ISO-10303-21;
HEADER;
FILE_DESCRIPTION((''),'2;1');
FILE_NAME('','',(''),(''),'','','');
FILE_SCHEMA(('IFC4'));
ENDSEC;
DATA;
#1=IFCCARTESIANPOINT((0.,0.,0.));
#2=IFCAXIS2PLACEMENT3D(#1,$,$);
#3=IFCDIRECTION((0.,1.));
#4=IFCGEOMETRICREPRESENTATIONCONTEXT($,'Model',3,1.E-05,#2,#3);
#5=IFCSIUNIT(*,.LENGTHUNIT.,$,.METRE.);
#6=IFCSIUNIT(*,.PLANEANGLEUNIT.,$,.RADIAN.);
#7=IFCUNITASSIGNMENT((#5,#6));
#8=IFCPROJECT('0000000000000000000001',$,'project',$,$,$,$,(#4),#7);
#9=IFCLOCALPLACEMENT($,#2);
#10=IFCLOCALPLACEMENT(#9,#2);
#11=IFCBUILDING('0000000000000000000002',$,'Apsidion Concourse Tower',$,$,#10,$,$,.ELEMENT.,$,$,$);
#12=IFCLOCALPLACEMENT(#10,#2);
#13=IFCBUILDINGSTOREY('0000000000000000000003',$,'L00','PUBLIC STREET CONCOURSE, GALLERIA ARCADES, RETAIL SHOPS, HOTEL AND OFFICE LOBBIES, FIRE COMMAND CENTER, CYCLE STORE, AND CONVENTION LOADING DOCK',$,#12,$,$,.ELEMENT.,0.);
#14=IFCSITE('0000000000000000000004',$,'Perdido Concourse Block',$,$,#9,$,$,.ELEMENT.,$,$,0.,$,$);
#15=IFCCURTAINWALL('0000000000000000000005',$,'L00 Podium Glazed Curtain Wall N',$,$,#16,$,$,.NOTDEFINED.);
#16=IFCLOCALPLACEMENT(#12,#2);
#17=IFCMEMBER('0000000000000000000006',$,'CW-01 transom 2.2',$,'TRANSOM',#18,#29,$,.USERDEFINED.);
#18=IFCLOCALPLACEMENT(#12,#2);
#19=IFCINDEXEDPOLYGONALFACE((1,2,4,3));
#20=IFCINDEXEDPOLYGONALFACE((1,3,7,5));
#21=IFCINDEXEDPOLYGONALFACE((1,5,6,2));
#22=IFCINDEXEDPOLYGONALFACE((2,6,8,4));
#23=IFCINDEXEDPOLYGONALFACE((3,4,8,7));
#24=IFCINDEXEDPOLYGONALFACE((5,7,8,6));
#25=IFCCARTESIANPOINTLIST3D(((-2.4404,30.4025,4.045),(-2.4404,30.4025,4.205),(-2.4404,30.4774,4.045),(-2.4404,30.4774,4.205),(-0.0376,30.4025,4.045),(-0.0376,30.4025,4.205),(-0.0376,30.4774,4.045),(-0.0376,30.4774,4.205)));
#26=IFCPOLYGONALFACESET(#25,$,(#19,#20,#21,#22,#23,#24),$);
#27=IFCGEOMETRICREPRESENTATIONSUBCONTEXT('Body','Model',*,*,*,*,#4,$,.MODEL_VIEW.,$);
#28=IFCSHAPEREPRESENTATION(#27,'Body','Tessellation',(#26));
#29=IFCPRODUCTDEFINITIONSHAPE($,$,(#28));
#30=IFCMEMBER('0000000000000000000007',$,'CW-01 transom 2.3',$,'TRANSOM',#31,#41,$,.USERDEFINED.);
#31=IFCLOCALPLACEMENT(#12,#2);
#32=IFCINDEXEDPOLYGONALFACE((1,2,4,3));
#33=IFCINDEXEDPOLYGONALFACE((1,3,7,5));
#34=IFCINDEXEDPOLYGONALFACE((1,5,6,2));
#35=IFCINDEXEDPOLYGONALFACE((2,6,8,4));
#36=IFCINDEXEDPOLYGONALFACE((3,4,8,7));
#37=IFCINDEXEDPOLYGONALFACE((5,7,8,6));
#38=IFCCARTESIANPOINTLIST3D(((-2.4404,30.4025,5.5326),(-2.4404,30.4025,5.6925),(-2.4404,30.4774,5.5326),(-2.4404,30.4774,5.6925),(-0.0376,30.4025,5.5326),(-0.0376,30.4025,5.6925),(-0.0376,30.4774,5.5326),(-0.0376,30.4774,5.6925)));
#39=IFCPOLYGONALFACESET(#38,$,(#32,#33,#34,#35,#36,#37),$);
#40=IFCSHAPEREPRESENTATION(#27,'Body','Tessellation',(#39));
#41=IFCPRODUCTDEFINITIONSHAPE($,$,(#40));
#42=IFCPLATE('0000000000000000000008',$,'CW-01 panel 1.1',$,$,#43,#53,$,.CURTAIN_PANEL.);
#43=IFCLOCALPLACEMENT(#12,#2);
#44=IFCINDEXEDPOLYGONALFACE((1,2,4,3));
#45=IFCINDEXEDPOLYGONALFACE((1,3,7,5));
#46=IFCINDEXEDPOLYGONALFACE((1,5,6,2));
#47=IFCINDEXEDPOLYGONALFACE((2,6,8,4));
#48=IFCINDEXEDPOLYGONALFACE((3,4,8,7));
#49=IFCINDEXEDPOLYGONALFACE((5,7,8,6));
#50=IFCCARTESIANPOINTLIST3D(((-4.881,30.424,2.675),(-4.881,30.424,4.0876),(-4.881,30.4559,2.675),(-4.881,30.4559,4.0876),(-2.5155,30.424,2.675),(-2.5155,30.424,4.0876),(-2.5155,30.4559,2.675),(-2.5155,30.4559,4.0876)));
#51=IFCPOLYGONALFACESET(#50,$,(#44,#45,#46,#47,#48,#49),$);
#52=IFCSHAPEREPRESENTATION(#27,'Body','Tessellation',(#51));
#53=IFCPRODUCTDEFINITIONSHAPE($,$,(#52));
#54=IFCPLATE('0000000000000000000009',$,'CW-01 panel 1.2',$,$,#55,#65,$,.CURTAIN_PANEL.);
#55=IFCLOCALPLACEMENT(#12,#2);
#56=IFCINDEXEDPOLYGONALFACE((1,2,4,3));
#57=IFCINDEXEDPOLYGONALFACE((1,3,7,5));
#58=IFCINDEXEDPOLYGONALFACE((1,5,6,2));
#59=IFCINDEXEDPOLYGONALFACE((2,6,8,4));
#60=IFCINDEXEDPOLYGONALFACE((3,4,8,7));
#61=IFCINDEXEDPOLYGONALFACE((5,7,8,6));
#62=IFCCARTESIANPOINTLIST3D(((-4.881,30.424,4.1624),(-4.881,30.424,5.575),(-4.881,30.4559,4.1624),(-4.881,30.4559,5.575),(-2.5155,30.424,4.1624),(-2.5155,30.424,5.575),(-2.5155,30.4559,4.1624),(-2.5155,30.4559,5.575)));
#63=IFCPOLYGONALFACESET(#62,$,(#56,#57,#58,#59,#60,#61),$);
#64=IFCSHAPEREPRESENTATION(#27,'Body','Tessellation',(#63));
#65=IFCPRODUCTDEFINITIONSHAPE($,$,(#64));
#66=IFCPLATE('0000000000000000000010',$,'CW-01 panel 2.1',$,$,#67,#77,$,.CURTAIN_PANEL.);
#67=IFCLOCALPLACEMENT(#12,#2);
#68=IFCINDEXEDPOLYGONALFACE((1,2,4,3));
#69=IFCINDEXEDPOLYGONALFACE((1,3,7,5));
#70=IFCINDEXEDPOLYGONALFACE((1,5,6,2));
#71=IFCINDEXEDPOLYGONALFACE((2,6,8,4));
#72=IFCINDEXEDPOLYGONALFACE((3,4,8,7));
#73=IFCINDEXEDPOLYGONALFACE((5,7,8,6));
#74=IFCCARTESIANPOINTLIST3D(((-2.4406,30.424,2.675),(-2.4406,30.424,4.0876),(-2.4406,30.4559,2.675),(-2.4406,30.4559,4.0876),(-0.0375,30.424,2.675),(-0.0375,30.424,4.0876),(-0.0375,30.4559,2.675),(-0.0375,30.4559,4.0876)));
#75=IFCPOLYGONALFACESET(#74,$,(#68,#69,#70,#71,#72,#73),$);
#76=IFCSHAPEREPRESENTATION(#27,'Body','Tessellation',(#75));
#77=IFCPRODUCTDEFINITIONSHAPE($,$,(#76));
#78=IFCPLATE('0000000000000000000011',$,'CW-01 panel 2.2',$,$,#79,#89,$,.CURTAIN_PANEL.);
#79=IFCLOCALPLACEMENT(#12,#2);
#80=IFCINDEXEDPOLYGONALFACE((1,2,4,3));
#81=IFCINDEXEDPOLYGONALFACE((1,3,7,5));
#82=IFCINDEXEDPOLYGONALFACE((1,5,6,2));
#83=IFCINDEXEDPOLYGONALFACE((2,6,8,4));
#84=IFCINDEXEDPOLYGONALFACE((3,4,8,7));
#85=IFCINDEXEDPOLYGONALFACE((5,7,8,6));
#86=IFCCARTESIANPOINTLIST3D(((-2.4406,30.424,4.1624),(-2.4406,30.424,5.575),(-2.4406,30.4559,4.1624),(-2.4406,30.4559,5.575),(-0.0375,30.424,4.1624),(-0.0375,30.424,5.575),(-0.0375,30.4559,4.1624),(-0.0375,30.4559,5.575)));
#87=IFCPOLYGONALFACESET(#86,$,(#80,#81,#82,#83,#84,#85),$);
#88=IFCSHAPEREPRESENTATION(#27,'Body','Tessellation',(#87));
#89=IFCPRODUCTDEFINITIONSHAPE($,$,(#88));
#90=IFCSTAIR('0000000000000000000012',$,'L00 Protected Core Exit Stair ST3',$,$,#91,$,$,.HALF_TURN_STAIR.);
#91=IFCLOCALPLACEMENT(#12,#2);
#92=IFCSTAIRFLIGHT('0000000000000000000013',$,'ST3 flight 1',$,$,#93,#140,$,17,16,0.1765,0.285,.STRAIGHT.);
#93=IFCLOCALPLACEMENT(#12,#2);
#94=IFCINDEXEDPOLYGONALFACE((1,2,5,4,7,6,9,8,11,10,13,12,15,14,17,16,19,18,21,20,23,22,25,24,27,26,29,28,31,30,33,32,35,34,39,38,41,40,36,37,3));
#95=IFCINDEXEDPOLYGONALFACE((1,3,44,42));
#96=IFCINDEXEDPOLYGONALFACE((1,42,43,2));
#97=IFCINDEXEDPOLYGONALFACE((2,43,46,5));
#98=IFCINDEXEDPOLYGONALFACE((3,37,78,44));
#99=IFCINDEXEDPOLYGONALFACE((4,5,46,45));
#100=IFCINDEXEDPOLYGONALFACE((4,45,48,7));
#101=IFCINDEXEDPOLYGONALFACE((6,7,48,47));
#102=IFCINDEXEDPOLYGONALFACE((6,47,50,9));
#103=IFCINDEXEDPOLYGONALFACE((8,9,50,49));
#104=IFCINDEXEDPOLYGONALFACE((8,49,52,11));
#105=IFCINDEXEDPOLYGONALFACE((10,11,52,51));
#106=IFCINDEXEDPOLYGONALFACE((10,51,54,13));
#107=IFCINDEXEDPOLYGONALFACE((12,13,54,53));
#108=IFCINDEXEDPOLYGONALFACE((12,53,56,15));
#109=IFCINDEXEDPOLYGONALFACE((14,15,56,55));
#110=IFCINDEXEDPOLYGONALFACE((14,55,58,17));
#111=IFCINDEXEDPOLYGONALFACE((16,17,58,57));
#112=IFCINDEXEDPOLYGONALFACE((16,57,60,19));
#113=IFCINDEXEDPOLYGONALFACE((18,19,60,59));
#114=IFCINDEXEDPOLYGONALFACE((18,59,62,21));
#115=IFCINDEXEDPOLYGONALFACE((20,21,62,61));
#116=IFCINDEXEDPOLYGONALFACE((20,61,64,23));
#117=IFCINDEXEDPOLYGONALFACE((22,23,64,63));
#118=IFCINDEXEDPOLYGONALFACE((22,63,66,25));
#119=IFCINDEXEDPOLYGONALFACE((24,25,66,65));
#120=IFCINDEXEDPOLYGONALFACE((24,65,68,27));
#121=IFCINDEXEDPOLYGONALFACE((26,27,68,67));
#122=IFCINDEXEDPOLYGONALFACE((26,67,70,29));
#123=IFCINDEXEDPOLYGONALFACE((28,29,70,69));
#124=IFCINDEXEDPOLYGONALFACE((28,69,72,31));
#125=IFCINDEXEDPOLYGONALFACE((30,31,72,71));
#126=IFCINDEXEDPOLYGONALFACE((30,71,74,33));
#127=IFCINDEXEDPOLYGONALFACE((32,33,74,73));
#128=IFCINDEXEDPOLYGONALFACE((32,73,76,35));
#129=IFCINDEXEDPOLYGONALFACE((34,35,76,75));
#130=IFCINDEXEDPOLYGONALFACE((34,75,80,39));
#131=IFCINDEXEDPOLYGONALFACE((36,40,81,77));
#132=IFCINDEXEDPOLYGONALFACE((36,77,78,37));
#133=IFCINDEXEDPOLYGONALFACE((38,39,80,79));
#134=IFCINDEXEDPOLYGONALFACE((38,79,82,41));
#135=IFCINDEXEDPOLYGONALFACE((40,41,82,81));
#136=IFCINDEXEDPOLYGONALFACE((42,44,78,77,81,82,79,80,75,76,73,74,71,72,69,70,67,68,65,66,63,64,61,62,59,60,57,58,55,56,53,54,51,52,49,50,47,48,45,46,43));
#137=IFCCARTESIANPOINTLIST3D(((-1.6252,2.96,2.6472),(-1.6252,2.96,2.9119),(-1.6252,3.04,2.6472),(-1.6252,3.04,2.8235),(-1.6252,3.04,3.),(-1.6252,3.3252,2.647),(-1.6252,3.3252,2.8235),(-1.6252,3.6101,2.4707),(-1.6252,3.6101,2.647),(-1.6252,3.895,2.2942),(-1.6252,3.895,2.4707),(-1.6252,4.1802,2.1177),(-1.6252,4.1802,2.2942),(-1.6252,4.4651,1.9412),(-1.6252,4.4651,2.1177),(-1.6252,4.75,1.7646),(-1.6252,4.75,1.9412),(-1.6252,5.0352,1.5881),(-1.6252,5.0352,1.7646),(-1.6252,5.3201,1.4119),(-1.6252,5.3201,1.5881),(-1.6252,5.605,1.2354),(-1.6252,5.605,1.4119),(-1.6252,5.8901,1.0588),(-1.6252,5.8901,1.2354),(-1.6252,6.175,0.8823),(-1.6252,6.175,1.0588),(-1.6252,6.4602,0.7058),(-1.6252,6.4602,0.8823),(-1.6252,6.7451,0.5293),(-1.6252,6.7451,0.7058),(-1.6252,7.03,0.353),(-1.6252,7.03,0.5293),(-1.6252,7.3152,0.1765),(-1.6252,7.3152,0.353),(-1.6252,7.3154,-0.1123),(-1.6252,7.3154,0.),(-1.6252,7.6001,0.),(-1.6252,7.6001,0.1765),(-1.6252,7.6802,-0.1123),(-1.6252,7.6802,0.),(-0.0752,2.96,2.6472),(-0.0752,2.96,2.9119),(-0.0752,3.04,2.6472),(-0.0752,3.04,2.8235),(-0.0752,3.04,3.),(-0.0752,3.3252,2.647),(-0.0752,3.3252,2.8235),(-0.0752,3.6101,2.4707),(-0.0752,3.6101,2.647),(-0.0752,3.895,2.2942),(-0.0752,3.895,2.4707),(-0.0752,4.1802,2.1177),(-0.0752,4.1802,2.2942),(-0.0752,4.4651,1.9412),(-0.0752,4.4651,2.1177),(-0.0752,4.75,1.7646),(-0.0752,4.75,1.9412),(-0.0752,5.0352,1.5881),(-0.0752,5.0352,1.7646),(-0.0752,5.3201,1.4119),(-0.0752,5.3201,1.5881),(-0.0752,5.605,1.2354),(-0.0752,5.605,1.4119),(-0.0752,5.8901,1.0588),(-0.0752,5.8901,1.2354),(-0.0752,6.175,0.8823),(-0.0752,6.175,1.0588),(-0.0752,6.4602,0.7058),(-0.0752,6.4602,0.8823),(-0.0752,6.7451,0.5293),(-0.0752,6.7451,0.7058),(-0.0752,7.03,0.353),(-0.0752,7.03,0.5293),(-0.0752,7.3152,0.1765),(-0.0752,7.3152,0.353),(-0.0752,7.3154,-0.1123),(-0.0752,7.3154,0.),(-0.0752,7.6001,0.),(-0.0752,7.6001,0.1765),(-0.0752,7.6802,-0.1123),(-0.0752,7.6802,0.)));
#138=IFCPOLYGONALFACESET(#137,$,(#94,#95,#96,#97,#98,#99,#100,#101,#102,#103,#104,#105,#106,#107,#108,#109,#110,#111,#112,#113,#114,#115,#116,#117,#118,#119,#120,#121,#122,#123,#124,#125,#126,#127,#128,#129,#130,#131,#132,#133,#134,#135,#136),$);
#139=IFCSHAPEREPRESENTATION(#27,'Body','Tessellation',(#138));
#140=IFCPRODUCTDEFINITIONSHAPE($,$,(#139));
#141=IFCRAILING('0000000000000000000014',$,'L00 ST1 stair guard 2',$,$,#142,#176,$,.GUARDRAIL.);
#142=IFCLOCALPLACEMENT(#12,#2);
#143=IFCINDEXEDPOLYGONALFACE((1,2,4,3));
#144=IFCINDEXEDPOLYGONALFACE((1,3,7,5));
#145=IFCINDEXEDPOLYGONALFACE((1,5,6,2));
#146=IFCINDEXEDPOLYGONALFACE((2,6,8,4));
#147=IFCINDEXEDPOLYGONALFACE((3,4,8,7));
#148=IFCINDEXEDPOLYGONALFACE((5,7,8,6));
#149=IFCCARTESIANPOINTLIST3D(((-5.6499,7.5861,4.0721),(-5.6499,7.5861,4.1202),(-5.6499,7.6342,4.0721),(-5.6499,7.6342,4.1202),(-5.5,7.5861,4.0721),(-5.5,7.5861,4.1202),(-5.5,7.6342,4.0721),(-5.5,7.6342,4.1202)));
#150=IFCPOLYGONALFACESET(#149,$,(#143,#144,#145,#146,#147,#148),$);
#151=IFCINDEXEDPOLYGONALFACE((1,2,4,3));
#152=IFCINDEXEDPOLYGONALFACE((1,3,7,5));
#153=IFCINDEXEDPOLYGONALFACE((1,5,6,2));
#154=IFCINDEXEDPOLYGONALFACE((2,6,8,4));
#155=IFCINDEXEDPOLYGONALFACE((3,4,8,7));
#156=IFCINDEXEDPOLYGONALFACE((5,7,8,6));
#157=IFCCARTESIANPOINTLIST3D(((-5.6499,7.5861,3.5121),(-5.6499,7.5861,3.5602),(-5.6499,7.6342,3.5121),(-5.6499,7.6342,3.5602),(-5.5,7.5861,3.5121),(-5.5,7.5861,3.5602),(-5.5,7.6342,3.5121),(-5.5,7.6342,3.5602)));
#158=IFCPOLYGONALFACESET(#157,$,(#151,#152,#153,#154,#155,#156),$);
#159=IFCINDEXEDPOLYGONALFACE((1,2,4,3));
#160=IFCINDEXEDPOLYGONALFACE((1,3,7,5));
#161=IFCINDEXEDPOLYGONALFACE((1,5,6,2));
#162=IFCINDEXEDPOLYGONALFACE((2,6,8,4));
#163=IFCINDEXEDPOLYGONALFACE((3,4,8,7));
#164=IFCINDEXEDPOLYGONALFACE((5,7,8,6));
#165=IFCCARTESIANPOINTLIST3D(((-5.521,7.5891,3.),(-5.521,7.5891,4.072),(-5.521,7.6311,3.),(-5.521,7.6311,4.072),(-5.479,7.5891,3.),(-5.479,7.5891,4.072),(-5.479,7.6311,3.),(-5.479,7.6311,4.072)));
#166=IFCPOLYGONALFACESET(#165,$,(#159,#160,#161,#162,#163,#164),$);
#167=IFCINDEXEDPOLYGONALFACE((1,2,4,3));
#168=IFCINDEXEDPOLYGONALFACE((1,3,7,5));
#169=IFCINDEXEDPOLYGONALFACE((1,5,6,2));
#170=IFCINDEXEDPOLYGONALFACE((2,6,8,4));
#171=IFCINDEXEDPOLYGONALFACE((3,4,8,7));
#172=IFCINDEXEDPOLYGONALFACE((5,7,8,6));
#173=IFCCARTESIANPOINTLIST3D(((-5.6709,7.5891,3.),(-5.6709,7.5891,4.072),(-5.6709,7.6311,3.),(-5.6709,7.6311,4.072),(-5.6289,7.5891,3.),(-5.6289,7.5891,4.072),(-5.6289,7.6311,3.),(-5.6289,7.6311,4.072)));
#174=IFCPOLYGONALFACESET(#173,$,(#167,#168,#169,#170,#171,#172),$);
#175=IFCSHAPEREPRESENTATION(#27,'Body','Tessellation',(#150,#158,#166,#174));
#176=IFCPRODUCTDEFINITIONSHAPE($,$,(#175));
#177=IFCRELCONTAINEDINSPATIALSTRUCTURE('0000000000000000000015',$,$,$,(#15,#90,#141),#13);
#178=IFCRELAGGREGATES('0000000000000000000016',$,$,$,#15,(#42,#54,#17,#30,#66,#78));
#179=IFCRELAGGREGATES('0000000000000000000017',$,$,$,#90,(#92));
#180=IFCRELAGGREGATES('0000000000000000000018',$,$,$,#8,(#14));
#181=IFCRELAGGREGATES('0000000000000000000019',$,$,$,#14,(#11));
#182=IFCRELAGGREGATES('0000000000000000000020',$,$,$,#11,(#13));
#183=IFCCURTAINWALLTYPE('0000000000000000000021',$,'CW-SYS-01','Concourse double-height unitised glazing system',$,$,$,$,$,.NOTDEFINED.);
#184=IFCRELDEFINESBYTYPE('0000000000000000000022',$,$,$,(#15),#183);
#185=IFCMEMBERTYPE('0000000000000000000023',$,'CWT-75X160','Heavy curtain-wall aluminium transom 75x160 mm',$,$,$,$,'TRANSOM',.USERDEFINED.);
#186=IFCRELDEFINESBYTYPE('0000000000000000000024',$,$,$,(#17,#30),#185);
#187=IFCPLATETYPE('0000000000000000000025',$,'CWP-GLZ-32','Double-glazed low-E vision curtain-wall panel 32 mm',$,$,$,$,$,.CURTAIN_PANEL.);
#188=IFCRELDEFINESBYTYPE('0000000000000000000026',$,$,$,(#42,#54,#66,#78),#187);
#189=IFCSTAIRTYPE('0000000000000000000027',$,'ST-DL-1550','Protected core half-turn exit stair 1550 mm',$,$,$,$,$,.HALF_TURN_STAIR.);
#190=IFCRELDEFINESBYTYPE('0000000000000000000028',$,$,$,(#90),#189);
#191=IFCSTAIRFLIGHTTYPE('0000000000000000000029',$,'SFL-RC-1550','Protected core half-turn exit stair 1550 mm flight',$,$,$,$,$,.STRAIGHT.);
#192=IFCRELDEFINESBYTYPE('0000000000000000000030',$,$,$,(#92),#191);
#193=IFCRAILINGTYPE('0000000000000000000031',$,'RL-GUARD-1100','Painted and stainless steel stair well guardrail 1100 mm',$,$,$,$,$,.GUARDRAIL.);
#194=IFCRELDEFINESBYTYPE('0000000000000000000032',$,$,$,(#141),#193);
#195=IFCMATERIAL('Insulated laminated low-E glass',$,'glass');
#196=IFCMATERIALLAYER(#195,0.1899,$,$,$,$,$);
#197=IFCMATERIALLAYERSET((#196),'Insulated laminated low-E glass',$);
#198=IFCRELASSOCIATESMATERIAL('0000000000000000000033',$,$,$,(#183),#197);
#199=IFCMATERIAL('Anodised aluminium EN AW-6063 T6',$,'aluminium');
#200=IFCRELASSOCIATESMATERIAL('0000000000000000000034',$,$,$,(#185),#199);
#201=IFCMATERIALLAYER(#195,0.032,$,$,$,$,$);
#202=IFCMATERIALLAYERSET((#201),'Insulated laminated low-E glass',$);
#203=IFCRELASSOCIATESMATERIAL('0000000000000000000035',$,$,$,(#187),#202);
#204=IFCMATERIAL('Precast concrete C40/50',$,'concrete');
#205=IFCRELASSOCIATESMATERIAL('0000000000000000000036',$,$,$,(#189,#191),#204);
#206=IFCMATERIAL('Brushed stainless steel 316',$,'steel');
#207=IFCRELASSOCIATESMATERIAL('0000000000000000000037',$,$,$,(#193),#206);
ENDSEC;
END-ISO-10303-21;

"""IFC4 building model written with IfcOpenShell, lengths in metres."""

from ifc_helpers import new_model, si_unit, direction, frame, origin, origin_2d, place, context, subcontext, project, spatial, polyline, rectangle, outline, extrude, material, layer, layer_set, material_profile, profile_set, type_object, element, aggregate, save


model = new_model("IFC4")

# Units and contexts
model_context = context("Model", 3, precision=1e-05, world=origin(), true_north=direction((0.0, 1.0)))
body_context = subcontext(model_context, "Body", "Model", "MODEL_VIEW")
ifc_project = project(units=[si_unit("LENGTHUNIT", "METRE"), si_unit("PLANEANGLEUNIT", "RADIAN")], contexts=[model_context])

# Site, building, storey
site_placement = place(None, origin())
site = spatial("IfcSite", under=ifc_project, at=site_placement, Name="Perdido Concourse Block", CompositionType="ELEMENT", RefElevation=0.0)
building_placement = place(site_placement, origin())
building = spatial("IfcBuilding", under=site, at=building_placement, Name="Apsidion Concourse Tower", CompositionType="ELEMENT")
storey_placement = place(building_placement, origin())
storey = spatial("IfcBuildingStorey", under=building, at=storey_placement, Name="L00", Description="PUBLIC STREET CONCOURSE, GALLERIA ARCADES, RETAIL SHOPS, HOTEL AND OFFICE LOBBIES, FIRE COMMAND CENTER, CYCLE STORE, AND CONVENTION LOADING DOCK", CompositionType="ELEMENT", Elevation=0.0)

# Curtain wall, members, plates
ifc_material_1 = material(Name="Insulated laminated low-E glass", Category="glass")
ifc_layer_1 = layer(ifc_material_1, 0.1899)
ifc_layer_set_1 = layer_set([ifc_layer_1], Name="Insulated laminated low-E glass")
curtain_wall_type = type_object("IfcCurtainWallType", Name="CW-SYS-01", Description="Concourse double-height unitised glazing system", PredefinedType="NOTDEFINED", material=ifc_layer_set_1)
curtain_wall_placement = place(storey_placement, origin())
curtain_wall = element("IfcCurtainWall", 1, at=curtain_wall_placement, inside=storey, type_object=curtain_wall_type, Name="L00 Podium Glazed Curtain Wall N", PredefinedType="NOTDEFINED")
ifc_material_2 = material(Name="Anodised aluminium EN AW-6063 T6", Category="aluminium")
ifc_material_profile_1 = material_profile(ifc_material_2, rectangle(XDim=0.075, YDim=0.1599, at=origin_2d()), Name="ALU TRANSOM 75x160")
ifc_profile_set_1 = profile_set([ifc_material_profile_1], Name="Anodised aluminium EN AW-6063 T6")
member_type_1 = type_object("IfcMemberType", Name="CWT-75X160", Description="Heavy curtain-wall aluminium transom 75x160 mm", ElementType="TRANSOM", PredefinedType="USERDEFINED", material=ifc_profile_set_1)
member_1_placement = place(storey_placement, frame((-2.4404, 30.4399, 4.125), z_axis=(1.0, 0.0, 0.0), x_axis=(0.0, 1.0, 0.0)))
member_1 = element("IfcMember", 2, at=member_1_placement, type_object=member_type_1, Name="CW-01 transom 2.2", ObjectType="TRANSOM", PredefinedType="USERDEFINED", context=body_context, shape_type="SweptSolid", body=[
    extrude(rectangle(XDim=0.075, YDim=0.1599, at=origin_2d()), origin(), (0.0, 0.0, 1.0), 2.4028),
])
member_2_placement = place(storey_placement, frame((-2.4404, 30.4399, 5.6125), z_axis=(1.0, 0.0, 0.0), x_axis=(0.0, 1.0, 0.0)))
member_2 = element("IfcMember", 3, at=member_2_placement, type_object=member_type_1, Name="CW-01 transom 2.3", ObjectType="TRANSOM", PredefinedType="USERDEFINED", context=body_context, shape_type="SweptSolid", body=[
    extrude(rectangle(XDim=0.075, YDim=0.1599, at=origin_2d()), origin(), (0.0, 0.0, 1.0), 2.4028),
])
ifc_layer_2 = layer(ifc_material_1, 0.032)
ifc_layer_set_2 = layer_set([ifc_layer_2], Name="Insulated laminated low-E glass")
plate_type = type_object("IfcPlateType", Name="CWP-GLZ-32", Description="Double-glazed low-E vision curtain-wall panel 32 mm", PredefinedType="CURTAIN_PANEL", material=ifc_layer_set_2)
plate_1_placement = place(storey_placement, frame((-3.6982, 30.4399, 2.675), z_axis=(0.0, 0.0, 1.0), x_axis=(1.0, 0.0, 0.0)))
plate_1 = element("IfcPlate", 4, at=plate_1_placement, type_object=plate_type, Name="CW-01 panel 1.1", PredefinedType="CURTAIN_PANEL", context=body_context, shape_type="SweptSolid", body=[
    extrude(rectangle(XDim=2.3655, YDim=0.032, at=origin_2d()), origin(), (0.0, 0.0, 1.0), 1.4126),
])
plate_2_placement = place(storey_placement, frame((-3.6982, 30.4399, 4.1624), z_axis=(0.0, 0.0, 1.0), x_axis=(1.0, 0.0, 0.0)))
plate_2 = element("IfcPlate", 5, at=plate_2_placement, type_object=plate_type, Name="CW-01 panel 1.2", PredefinedType="CURTAIN_PANEL", context=body_context, shape_type="SweptSolid", body=[
    extrude(rectangle(XDim=2.3655, YDim=0.032, at=origin_2d()), origin(), (0.0, 0.0, 1.0), 1.4126),
])
plate_3_placement = place(storey_placement, frame((-1.239, 30.4399, 2.675), z_axis=(0.0, 0.0, 1.0), x_axis=(1.0, 0.0, 0.0)))
plate_3 = element("IfcPlate", 6, at=plate_3_placement, type_object=plate_type, Name="CW-01 panel 2.1", PredefinedType="CURTAIN_PANEL", context=body_context, shape_type="SweptSolid", body=[
    extrude(rectangle(XDim=2.4031, YDim=0.032, at=origin_2d()), origin(), (0.0, 0.0, 1.0), 1.4126),
])
plate_4_placement = place(storey_placement, frame((-1.239, 30.4399, 4.1624), z_axis=(0.0, 0.0, 1.0), x_axis=(1.0, 0.0, 0.0)))
plate_4 = element("IfcPlate", 7, at=plate_4_placement, type_object=plate_type, Name="CW-01 panel 2.2", PredefinedType="CURTAIN_PANEL", context=body_context, shape_type="SweptSolid", body=[
    extrude(rectangle(XDim=2.4031, YDim=0.032, at=origin_2d()), origin(), (0.0, 0.0, 1.0), 1.4126),
])
aggregate(curtain_wall, [plate_1, plate_2, member_1, member_2, plate_3, plate_4])

# Shared definitions
ifc_material_3 = material(Name="Brushed stainless steel 316", Category="steel")

# Stair, stair flight
ifc_material_4 = material(Name="Precast concrete C40/50", Category="concrete")
stair_type = type_object("IfcStairType", Name="ST-DL-1550", Description="Protected core half-turn exit stair 1550 mm", PredefinedType="HALF_TURN_STAIR", material=ifc_material_4)
stair_placement = place(storey_placement, origin())
stair = element("IfcStair", 8, at=stair_placement, inside=storey, type_object=stair_type, Name="L00 Protected Core Exit Stair ST3", PredefinedType="HALF_TURN_STAIR")
stair_flight_type = type_object("IfcStairFlightType", Name="SFL-RC-1550", Description="Protected core half-turn exit stair 1550 mm flight", PredefinedType="STRAIGHT", material=ifc_material_4)
stair_flight_placement = place(storey_placement, frame((-0.8501, 7.6001, 0.0), z_axis=(0.0, 0.0, 1.0), x_axis=(0.0, -1.0, 0.0)))
stair_flight = element("IfcStairFlight", 9, at=stair_flight_placement, type_object=stair_flight_type, Name="ST3 flight 1", NumberOfRisers=17, NumberOfTreads=16, PredefinedType="STRAIGHT", RiserHeight=0.1765, TreadLength=0.285, context=body_context, shape_type="SweptSolid", body=[
    extrude(outline(polyline([(-0.0801, -0.1123), (-0.0801, 0.0), (0.0, 0.0), (0.0, 0.1765), (0.2849, 0.1765), (0.2849, 0.353), (0.5701, 0.353), (0.5701, 0.5293), (0.855, 0.5293), (0.855, 0.7058), (1.1399, 0.7058), (1.1399, 0.8823), (1.425, 0.8823), (1.425, 1.0588), (1.71, 1.0588), (1.71, 1.2354), (1.9951, 1.2354), (1.9951, 1.4119), (2.28, 1.4119), (2.28, 1.5881), (2.5649, 1.5881), (2.5649, 1.7646), (2.8501, 1.7646), (2.8501, 1.9412), (3.135, 1.9412), (3.135, 2.1177), (3.4199, 2.1177), (3.4199, 2.2942), (3.7051, 2.2942), (3.7051, 2.4707), (3.99, 2.4707), (3.99, 2.647), (4.2749, 2.647), (4.2749, 2.8235), (4.5601, 2.8235), (4.5601, 3.0), (4.6401, 2.9119), (4.6401, 2.6472), (4.5601, 2.6472), (0.2847, 0.0), (0.2847, -0.1123), (-0.0801, -0.1123)])), frame((0.0, 0.7749, 0.0), z_axis=(0.0, -1.0, 0.0), x_axis=(1.0, 0.0, 0.0)), (0.0, 0.0, 1.0), 1.55),
])
aggregate(stair, [stair_flight])

# Railing
railing_type = type_object("IfcRailingType", Name="RL-GUARD-1100", Description="Painted and stainless steel stair well guardrail 1100 mm", PredefinedType="GUARDRAIL", material=ifc_material_3)
railing_1_placement = place(storey_placement, frame((-5.5, 7.6101, 3.0)))
element("IfcRailing", 10, at=railing_1_placement, inside=storey, type_object=railing_type, Name="L00 ST1 stair guard 2", PredefinedType="GUARDRAIL", context=body_context, shape_type="SweptSolid", body=[
    extrude(rectangle(XDim=0.0481, YDim=0.0481, at=origin_2d()), frame((0.0, 0.0, 1.0962), z_axis=(-1.0, 0.0, 0.0), x_axis=(0.0, -1.0, 0.0)), (0.0, 0.0, 1.0), 0.1499),
    extrude(rectangle(XDim=0.0481, YDim=0.0481, at=origin_2d()), frame((0.0, 0.0, 0.5361), z_axis=(-1.0, 0.0, 0.0), x_axis=(0.0, -1.0, 0.0)), (0.0, 0.0, 1.0), 0.1499),
    extrude(rectangle(XDim=0.042, YDim=0.042, at=origin_2d()), origin(), (0.0, 0.0, 1.0), 1.072),
    extrude(rectangle(XDim=0.042, YDim=0.042, at=origin_2d()), frame((-0.1499, 0.0, 0.0)), (0.0, 0.0, 1.0), 1.072),
])

save(model, "model.ifc")
